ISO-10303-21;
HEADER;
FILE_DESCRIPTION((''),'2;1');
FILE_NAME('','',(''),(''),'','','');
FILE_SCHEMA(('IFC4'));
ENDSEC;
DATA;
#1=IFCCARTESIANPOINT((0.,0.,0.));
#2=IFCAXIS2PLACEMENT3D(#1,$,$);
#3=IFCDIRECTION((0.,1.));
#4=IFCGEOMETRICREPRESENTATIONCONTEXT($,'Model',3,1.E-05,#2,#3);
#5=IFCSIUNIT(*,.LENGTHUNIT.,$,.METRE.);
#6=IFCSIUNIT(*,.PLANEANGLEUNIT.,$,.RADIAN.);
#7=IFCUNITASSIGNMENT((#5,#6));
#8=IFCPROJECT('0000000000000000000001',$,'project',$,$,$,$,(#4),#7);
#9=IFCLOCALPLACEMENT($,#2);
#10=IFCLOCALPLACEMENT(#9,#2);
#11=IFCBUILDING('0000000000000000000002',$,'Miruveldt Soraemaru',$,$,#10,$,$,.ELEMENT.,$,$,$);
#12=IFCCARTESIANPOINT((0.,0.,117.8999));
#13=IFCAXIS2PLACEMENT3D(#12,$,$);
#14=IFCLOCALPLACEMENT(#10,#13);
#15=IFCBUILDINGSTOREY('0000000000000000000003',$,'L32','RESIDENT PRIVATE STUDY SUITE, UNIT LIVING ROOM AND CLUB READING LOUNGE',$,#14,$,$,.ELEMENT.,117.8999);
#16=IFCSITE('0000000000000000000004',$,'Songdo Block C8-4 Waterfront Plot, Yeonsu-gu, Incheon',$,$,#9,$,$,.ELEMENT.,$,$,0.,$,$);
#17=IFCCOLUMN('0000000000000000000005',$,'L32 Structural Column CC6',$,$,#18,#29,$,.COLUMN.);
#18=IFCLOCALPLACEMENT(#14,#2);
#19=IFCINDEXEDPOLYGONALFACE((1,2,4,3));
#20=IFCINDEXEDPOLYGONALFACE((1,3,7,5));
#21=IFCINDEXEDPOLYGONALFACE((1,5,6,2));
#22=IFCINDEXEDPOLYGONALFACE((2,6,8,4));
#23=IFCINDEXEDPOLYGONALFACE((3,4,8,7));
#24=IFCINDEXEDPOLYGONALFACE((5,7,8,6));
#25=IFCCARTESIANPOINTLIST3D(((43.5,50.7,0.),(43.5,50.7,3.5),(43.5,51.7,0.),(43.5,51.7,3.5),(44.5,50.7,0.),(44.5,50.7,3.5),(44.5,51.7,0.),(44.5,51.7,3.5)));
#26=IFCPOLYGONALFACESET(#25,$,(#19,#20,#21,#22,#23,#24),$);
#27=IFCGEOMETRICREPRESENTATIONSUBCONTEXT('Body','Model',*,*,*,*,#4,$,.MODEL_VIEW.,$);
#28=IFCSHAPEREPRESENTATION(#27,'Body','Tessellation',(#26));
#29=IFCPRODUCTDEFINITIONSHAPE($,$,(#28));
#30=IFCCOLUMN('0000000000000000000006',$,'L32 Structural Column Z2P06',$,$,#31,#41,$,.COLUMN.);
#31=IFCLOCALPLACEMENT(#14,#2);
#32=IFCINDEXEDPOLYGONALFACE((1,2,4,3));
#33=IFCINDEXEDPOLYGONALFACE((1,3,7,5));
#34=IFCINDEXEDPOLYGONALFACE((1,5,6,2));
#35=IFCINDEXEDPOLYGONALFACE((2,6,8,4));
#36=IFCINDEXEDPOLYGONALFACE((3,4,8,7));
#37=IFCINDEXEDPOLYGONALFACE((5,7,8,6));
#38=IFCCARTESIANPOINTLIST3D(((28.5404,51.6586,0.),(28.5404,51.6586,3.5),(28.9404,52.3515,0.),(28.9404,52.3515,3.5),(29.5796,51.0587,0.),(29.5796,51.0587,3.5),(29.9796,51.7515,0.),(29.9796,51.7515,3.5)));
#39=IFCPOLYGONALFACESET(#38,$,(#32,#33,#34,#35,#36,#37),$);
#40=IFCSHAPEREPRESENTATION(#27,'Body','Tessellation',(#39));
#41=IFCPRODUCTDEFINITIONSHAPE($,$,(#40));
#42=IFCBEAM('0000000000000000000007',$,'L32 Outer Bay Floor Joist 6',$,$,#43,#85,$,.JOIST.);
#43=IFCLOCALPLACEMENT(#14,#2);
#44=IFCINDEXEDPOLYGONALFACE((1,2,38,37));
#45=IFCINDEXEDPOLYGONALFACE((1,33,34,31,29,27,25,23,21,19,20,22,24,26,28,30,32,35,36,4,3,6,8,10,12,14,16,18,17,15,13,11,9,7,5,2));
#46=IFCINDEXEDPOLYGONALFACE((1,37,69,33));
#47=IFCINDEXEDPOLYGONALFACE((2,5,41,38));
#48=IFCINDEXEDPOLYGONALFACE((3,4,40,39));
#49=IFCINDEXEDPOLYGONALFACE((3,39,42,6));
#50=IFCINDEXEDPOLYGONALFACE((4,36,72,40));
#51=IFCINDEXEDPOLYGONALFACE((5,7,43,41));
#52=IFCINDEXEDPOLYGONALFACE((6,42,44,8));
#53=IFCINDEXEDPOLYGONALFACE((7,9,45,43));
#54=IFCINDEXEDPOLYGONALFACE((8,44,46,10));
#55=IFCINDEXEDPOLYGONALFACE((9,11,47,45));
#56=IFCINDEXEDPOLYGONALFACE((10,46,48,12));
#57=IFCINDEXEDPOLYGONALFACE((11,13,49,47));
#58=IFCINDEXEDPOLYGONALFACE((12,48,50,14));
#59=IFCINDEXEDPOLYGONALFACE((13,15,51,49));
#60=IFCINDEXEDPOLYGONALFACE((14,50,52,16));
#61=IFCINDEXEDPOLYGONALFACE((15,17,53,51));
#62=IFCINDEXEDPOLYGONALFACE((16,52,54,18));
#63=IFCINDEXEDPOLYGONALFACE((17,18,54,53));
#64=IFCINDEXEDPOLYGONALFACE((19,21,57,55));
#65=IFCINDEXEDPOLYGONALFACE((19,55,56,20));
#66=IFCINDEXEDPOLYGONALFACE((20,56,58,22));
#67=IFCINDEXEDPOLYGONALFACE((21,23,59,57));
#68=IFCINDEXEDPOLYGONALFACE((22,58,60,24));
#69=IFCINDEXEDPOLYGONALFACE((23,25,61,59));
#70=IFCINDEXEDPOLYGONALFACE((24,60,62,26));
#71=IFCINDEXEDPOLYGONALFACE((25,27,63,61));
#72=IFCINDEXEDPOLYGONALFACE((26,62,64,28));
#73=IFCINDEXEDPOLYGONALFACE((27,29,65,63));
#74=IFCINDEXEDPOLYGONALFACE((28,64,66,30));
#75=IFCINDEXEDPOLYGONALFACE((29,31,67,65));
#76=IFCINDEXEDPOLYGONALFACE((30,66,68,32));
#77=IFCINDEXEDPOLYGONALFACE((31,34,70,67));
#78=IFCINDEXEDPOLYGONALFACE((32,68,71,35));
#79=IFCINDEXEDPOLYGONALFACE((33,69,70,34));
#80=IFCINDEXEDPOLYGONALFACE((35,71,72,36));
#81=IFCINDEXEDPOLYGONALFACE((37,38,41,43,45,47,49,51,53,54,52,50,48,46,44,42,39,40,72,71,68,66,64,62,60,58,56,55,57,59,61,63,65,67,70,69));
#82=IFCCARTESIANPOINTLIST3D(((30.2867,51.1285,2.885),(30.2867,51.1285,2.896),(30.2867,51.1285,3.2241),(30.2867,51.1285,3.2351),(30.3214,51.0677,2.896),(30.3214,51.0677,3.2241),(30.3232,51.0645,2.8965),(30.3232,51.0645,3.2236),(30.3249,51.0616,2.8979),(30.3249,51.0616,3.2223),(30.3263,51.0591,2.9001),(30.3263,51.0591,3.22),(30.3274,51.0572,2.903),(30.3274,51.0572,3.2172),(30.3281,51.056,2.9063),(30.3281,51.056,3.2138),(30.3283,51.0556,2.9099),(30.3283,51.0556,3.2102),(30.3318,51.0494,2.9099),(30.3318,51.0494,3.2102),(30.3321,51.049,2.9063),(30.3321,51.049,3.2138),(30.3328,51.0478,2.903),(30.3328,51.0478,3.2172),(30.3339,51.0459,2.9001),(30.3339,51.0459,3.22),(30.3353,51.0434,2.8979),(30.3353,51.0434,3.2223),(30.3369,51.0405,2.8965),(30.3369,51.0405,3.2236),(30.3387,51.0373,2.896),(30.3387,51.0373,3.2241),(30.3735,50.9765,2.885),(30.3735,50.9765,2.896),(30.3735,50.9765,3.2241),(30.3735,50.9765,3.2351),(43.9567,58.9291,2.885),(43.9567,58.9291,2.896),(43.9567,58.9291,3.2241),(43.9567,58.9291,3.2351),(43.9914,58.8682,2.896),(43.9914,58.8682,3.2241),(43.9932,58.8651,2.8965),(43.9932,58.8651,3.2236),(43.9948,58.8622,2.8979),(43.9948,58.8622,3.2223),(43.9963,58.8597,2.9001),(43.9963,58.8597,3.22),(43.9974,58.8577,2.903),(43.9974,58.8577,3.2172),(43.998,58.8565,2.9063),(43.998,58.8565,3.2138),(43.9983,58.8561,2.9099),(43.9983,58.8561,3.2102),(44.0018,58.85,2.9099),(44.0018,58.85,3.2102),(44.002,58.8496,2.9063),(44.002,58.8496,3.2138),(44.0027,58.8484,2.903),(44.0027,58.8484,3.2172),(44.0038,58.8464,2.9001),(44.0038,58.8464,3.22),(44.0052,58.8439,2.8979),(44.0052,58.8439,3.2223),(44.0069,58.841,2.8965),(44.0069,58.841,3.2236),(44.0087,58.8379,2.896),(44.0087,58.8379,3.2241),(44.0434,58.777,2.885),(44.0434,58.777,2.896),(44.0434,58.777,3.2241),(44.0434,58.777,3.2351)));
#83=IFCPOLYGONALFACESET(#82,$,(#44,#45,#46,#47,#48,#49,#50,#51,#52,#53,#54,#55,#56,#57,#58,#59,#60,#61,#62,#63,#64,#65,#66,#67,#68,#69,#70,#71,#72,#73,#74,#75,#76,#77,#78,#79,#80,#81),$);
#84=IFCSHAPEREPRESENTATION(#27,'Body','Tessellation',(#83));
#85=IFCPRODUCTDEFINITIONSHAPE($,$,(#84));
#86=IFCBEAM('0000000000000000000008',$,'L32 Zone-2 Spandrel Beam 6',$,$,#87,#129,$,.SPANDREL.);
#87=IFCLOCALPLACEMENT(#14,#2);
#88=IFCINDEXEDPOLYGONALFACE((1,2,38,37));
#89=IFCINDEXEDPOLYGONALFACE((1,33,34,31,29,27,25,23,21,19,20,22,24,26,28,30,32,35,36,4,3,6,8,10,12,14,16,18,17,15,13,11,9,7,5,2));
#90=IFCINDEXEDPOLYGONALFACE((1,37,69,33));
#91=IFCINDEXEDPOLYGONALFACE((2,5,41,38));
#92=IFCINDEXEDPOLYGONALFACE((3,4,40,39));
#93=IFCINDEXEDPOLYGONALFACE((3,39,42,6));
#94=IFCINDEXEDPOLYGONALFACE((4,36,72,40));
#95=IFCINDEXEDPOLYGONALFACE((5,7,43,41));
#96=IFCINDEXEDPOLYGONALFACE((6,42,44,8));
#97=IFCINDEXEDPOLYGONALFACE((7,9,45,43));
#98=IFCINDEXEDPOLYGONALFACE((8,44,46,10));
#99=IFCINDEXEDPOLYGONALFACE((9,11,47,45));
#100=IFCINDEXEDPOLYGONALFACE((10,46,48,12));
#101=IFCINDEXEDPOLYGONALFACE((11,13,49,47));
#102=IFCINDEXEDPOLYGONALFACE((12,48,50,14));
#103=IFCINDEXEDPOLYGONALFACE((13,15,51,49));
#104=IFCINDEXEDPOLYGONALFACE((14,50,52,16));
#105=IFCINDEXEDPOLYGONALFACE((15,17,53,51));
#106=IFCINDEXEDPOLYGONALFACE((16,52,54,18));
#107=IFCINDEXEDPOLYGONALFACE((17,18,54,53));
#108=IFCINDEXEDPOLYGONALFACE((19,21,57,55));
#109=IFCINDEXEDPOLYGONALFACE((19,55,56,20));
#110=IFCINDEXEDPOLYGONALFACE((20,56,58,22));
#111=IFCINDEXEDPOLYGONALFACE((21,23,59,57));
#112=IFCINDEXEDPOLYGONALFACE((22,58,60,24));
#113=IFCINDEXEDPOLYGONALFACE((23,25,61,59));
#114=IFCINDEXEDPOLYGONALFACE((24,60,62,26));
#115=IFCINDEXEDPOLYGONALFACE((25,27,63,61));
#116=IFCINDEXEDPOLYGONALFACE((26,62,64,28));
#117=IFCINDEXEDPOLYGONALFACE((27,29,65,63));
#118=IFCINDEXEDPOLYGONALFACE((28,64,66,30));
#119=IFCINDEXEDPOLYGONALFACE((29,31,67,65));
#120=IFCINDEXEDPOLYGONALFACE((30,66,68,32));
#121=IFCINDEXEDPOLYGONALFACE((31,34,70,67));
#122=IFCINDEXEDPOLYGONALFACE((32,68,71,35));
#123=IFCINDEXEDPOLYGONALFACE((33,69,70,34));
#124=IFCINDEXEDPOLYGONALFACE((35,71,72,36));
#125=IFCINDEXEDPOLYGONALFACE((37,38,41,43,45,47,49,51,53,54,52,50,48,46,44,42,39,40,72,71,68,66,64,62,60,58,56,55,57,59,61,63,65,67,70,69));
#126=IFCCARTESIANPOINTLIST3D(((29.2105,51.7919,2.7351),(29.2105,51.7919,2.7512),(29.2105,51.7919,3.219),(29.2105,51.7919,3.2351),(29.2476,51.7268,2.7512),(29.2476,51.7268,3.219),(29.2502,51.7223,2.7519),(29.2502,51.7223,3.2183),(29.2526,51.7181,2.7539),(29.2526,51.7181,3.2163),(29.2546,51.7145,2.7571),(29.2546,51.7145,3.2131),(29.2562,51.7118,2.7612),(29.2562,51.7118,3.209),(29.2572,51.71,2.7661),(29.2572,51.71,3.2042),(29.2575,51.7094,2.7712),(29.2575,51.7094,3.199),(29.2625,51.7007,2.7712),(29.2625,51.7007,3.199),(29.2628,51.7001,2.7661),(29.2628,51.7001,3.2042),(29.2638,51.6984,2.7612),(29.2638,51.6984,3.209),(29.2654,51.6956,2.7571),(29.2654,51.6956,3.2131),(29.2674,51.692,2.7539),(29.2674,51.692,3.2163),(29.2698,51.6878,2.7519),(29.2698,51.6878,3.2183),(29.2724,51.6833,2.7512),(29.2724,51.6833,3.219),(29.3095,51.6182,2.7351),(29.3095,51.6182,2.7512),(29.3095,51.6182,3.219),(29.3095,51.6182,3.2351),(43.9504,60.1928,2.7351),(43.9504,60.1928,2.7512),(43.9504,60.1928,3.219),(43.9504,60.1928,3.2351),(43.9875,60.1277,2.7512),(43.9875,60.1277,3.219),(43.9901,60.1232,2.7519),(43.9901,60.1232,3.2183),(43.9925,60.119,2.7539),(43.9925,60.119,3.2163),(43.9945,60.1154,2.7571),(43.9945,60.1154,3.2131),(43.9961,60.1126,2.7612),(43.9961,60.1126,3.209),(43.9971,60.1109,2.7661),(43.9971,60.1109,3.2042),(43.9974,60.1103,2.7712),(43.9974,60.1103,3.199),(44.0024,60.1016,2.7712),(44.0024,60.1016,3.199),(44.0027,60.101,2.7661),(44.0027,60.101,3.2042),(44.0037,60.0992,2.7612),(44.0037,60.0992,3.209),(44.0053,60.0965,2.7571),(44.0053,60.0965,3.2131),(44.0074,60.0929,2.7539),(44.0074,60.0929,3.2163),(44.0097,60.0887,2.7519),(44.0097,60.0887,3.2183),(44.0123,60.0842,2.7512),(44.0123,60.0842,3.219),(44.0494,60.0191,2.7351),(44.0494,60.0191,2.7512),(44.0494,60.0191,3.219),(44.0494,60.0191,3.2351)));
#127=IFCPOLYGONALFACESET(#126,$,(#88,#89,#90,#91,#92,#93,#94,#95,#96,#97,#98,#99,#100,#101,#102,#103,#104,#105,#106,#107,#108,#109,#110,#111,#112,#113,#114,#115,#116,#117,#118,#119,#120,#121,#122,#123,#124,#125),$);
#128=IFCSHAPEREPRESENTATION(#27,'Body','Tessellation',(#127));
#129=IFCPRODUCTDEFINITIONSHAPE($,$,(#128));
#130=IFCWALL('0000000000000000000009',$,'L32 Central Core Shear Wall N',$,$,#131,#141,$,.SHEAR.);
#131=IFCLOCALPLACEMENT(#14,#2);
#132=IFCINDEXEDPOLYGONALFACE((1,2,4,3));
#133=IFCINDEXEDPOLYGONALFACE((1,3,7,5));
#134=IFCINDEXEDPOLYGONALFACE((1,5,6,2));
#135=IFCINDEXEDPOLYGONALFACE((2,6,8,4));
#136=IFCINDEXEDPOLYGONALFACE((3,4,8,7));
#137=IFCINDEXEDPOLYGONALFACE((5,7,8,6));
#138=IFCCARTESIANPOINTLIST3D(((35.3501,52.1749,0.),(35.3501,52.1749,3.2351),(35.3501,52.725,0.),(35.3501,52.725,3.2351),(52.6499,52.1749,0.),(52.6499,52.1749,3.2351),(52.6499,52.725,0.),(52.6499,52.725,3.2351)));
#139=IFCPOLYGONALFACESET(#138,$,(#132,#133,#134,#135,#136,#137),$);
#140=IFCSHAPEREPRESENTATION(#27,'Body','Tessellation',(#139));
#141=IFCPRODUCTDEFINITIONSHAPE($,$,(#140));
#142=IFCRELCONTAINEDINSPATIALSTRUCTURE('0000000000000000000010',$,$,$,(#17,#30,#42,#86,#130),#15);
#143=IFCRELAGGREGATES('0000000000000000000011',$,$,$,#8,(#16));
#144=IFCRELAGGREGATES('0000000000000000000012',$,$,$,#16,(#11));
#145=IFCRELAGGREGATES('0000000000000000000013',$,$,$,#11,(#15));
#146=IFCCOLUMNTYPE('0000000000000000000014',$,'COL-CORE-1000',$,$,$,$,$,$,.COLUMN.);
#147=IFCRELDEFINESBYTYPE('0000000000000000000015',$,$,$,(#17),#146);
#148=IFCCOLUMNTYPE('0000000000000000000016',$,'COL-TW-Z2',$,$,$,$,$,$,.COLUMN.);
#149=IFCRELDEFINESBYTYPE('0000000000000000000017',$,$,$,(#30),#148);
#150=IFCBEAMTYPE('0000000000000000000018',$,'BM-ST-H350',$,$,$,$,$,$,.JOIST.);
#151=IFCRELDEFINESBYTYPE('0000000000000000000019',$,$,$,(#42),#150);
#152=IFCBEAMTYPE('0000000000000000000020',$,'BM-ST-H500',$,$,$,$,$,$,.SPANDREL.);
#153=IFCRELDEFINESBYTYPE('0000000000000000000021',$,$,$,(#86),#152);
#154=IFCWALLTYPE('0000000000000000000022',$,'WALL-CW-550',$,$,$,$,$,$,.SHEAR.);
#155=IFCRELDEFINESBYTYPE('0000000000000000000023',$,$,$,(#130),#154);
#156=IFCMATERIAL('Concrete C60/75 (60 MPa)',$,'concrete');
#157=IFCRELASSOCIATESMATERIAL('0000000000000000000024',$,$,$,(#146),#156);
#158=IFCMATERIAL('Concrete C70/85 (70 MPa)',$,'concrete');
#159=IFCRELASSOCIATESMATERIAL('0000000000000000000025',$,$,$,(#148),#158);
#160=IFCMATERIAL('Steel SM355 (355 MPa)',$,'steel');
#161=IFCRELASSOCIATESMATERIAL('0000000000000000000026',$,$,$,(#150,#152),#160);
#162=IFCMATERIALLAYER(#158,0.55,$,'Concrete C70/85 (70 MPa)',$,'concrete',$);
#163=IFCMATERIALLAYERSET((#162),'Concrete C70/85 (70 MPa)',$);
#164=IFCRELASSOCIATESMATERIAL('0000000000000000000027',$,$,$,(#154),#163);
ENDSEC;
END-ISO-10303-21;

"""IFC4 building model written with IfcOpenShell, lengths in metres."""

from ifc_helpers import new_model, si_unit, direction, frame, frame_2d, origin, origin_2d, place, context, subcontext, project, spatial, rectangle, i_section, extrude, material, layer, layer_set, material_profile, profile_set, type_object, element, save


model = new_model("IFC4")

# Units and contexts
model_context = context("Model", 3, precision=1e-05, world=origin(), true_north=direction((0.0, 1.0)))
body_context = subcontext(model_context, "Body", "Model", "MODEL_VIEW")
ifc_project = project(units=[si_unit("LENGTHUNIT", "METRE"), si_unit("PLANEANGLEUNIT", "RADIAN")], contexts=[model_context])

# Site, building, storey
site_placement = place(None, origin())
site = spatial("IfcSite", under=ifc_project, at=site_placement, Name="Songdo Block C8-4 Waterfront Plot, Yeonsu-gu, Incheon", CompositionType="ELEMENT", RefElevation=0.0)
building_placement = place(site_placement, origin())
building = spatial("IfcBuilding", under=site, at=building_placement, Name="Miruveldt Soraemaru", CompositionType="ELEMENT")
storey_placement = place(building_placement, frame((0.0, 0.0, 117.8999)))
storey = spatial("IfcBuildingStorey", under=building, at=storey_placement, Name="L32", Description="RESIDENT PRIVATE STUDY SUITE, UNIT LIVING ROOM AND CLUB READING LOUNGE", CompositionType="ELEMENT", Elevation=117.8999)

# Columns
ifc_material_1 = material(Name="Concrete C60/75 (60 MPa)", Category="concrete")
ifc_material_profile_1 = material_profile(ifc_material_1, rectangle(XDim=1.0, YDim=1.0, at=origin_2d()), Name="Concrete C60/75 (60 MPa)", Category="concrete")
ifc_profile_set_1 = profile_set([ifc_material_profile_1], Name="Concrete C60/75 (60 MPa)")
column_type_1 = type_object("IfcColumnType", Name="COL-CORE-1000", PredefinedType="COLUMN", material=ifc_profile_set_1)
column_1_placement = place(storey_placement, frame((44.0, 51.2, 0.0), z_axis=(0.0, 0.0, 1.0), x_axis=(1.0, 0.0, 0.0)))
element("IfcColumn", 1, at=column_1_placement, inside=storey, type_object=column_type_1, Name="L32 Structural Column CC6", PredefinedType="COLUMN", context=body_context, shape_type="SweptSolid", body=[
    extrude(rectangle(XDim=1.0, YDim=1.0, at=origin_2d()), origin(), (0.0, 0.0, 1.0), 3.5),
])
ifc_material_2 = material(Name="Concrete C70/85 (70 MPa)", Category="concrete")
ifc_material_profile_2 = material_profile(ifc_material_2, rectangle(XDim=1.2, YDim=0.8, at=origin_2d()), Name="Concrete C70/85 (70 MPa)", Category="concrete")
ifc_profile_set_2 = profile_set([ifc_material_profile_2], Name="Concrete C70/85 (70 MPa)")
column_type_2 = type_object("IfcColumnType", Name="COL-TW-Z2", PredefinedType="COLUMN", material=ifc_profile_set_2)
column_2_placement = place(storey_placement, frame((29.26, 51.7051, 0.0), z_axis=(0.0, 0.0, 1.0), x_axis=(-0.866025, 0.5, 0.0)))
element("IfcColumn", 2, at=column_2_placement, inside=storey, type_object=column_type_2, Name="L32 Structural Column Z2P06", PredefinedType="COLUMN", context=body_context, shape_type="SweptSolid", body=[
    extrude(rectangle(XDim=1.2, YDim=0.8, at=origin_2d()), origin(), (0.0, 0.0, 1.0), 3.5),
])

# Beams
ifc_material_3 = material(Name="Steel SM355 (355 MPa)", Category="steel")
ifc_material_profile_3 = material_profile(ifc_material_3, i_section(OverallWidth=0.175, OverallDepth=0.3501, WebThickness=0.0071, FlangeThickness=0.011, FilletRadius=0.0139, at=origin_2d()), Name="Steel SM355 (355 MPa)", Category="steel")
ifc_profile_set_3 = profile_set([ifc_material_profile_3], Name="Steel SM355 (355 MPa)")
beam_type_1 = type_object("IfcBeamType", Name="BM-ST-H350", PredefinedType="JOIST", material=ifc_profile_set_3)
beam_1_placement = place(storey_placement, frame((30.3301, 51.0525, 3.0601), z_axis=(0.86854, 0.495619, 0.0), x_axis=(-0.495619, 0.86854, 0.0)))
element("IfcBeam", 3, at=beam_1_placement, inside=storey, type_object=beam_type_1, Name="L32 Outer Bay Floor Joist 6", PredefinedType="JOIST", context=body_context, shape_type="SweptSolid", body=[
    extrude(i_section(OverallWidth=0.175, OverallDepth=0.3501, WebThickness=0.0071, FlangeThickness=0.011, FilletRadius=0.0139, at=origin_2d()), origin(), (0.0, 0.0, 1.0), 15.739),
])
ifc_material_profile_4 = material_profile(ifc_material_3, i_section(OverallWidth=0.2, OverallDepth=0.5, WebThickness=0.01, FlangeThickness=0.0161, FilletRadius=0.02, at=origin_2d()), Name="Steel SM355 (355 MPa)", Category="steel")
ifc_profile_set_4 = profile_set([ifc_material_profile_4], Name="Steel SM355 (355 MPa)")
beam_type_2 = type_object("IfcBeamType", Name="BM-ST-H500", PredefinedType="SPANDREL", material=ifc_profile_set_4)
beam_2_placement = place(storey_placement, frame((29.26, 51.7051, 2.9851), z_axis=(0.8688, 0.495162, 0.0), x_axis=(-0.495162, 0.8688, 0.0)))
element("IfcBeam", 4, at=beam_2_placement, inside=storey, type_object=beam_type_2, Name="L32 Zone-2 Spandrel Beam 6", PredefinedType="SPANDREL", context=body_context, shape_type="SweptSolid", body=[
    extrude(i_section(OverallWidth=0.2, OverallDepth=0.5, WebThickness=0.01, FlangeThickness=0.0161, FilletRadius=0.02, at=origin_2d()), origin(), (0.0, 0.0, 1.0), 16.9658),
])

# Wall
ifc_layer_1 = layer(ifc_material_2, 0.55, Name="Concrete C70/85 (70 MPa)", Category="concrete")
ifc_layer_set_1 = layer_set([ifc_layer_1], Name="Concrete C70/85 (70 MPa)")
wall_type_1 = type_object("IfcWallType", Name="WALL-CW-550", PredefinedType="SHEAR", material=ifc_layer_set_1)
wall_1_placement = place(storey_placement, frame((35.3501, 52.45, 0.0), z_axis=(0.0, 0.0, 1.0), x_axis=(1.0, 0.0, 0.0)))
element("IfcWall", 5, at=wall_1_placement, inside=storey, type_object=wall_type_1, Name="L32 Central Core Shear Wall N", PredefinedType="SHEAR", context=body_context, shape_type="SweptSolid", body=[
    extrude(rectangle(XDim=17.2998, YDim=0.55, at=frame_2d((8.6499, 0.0))), origin(), (0.0, 0.0, 1.0), 3.2351),
])

save(model, "model.ifc")
